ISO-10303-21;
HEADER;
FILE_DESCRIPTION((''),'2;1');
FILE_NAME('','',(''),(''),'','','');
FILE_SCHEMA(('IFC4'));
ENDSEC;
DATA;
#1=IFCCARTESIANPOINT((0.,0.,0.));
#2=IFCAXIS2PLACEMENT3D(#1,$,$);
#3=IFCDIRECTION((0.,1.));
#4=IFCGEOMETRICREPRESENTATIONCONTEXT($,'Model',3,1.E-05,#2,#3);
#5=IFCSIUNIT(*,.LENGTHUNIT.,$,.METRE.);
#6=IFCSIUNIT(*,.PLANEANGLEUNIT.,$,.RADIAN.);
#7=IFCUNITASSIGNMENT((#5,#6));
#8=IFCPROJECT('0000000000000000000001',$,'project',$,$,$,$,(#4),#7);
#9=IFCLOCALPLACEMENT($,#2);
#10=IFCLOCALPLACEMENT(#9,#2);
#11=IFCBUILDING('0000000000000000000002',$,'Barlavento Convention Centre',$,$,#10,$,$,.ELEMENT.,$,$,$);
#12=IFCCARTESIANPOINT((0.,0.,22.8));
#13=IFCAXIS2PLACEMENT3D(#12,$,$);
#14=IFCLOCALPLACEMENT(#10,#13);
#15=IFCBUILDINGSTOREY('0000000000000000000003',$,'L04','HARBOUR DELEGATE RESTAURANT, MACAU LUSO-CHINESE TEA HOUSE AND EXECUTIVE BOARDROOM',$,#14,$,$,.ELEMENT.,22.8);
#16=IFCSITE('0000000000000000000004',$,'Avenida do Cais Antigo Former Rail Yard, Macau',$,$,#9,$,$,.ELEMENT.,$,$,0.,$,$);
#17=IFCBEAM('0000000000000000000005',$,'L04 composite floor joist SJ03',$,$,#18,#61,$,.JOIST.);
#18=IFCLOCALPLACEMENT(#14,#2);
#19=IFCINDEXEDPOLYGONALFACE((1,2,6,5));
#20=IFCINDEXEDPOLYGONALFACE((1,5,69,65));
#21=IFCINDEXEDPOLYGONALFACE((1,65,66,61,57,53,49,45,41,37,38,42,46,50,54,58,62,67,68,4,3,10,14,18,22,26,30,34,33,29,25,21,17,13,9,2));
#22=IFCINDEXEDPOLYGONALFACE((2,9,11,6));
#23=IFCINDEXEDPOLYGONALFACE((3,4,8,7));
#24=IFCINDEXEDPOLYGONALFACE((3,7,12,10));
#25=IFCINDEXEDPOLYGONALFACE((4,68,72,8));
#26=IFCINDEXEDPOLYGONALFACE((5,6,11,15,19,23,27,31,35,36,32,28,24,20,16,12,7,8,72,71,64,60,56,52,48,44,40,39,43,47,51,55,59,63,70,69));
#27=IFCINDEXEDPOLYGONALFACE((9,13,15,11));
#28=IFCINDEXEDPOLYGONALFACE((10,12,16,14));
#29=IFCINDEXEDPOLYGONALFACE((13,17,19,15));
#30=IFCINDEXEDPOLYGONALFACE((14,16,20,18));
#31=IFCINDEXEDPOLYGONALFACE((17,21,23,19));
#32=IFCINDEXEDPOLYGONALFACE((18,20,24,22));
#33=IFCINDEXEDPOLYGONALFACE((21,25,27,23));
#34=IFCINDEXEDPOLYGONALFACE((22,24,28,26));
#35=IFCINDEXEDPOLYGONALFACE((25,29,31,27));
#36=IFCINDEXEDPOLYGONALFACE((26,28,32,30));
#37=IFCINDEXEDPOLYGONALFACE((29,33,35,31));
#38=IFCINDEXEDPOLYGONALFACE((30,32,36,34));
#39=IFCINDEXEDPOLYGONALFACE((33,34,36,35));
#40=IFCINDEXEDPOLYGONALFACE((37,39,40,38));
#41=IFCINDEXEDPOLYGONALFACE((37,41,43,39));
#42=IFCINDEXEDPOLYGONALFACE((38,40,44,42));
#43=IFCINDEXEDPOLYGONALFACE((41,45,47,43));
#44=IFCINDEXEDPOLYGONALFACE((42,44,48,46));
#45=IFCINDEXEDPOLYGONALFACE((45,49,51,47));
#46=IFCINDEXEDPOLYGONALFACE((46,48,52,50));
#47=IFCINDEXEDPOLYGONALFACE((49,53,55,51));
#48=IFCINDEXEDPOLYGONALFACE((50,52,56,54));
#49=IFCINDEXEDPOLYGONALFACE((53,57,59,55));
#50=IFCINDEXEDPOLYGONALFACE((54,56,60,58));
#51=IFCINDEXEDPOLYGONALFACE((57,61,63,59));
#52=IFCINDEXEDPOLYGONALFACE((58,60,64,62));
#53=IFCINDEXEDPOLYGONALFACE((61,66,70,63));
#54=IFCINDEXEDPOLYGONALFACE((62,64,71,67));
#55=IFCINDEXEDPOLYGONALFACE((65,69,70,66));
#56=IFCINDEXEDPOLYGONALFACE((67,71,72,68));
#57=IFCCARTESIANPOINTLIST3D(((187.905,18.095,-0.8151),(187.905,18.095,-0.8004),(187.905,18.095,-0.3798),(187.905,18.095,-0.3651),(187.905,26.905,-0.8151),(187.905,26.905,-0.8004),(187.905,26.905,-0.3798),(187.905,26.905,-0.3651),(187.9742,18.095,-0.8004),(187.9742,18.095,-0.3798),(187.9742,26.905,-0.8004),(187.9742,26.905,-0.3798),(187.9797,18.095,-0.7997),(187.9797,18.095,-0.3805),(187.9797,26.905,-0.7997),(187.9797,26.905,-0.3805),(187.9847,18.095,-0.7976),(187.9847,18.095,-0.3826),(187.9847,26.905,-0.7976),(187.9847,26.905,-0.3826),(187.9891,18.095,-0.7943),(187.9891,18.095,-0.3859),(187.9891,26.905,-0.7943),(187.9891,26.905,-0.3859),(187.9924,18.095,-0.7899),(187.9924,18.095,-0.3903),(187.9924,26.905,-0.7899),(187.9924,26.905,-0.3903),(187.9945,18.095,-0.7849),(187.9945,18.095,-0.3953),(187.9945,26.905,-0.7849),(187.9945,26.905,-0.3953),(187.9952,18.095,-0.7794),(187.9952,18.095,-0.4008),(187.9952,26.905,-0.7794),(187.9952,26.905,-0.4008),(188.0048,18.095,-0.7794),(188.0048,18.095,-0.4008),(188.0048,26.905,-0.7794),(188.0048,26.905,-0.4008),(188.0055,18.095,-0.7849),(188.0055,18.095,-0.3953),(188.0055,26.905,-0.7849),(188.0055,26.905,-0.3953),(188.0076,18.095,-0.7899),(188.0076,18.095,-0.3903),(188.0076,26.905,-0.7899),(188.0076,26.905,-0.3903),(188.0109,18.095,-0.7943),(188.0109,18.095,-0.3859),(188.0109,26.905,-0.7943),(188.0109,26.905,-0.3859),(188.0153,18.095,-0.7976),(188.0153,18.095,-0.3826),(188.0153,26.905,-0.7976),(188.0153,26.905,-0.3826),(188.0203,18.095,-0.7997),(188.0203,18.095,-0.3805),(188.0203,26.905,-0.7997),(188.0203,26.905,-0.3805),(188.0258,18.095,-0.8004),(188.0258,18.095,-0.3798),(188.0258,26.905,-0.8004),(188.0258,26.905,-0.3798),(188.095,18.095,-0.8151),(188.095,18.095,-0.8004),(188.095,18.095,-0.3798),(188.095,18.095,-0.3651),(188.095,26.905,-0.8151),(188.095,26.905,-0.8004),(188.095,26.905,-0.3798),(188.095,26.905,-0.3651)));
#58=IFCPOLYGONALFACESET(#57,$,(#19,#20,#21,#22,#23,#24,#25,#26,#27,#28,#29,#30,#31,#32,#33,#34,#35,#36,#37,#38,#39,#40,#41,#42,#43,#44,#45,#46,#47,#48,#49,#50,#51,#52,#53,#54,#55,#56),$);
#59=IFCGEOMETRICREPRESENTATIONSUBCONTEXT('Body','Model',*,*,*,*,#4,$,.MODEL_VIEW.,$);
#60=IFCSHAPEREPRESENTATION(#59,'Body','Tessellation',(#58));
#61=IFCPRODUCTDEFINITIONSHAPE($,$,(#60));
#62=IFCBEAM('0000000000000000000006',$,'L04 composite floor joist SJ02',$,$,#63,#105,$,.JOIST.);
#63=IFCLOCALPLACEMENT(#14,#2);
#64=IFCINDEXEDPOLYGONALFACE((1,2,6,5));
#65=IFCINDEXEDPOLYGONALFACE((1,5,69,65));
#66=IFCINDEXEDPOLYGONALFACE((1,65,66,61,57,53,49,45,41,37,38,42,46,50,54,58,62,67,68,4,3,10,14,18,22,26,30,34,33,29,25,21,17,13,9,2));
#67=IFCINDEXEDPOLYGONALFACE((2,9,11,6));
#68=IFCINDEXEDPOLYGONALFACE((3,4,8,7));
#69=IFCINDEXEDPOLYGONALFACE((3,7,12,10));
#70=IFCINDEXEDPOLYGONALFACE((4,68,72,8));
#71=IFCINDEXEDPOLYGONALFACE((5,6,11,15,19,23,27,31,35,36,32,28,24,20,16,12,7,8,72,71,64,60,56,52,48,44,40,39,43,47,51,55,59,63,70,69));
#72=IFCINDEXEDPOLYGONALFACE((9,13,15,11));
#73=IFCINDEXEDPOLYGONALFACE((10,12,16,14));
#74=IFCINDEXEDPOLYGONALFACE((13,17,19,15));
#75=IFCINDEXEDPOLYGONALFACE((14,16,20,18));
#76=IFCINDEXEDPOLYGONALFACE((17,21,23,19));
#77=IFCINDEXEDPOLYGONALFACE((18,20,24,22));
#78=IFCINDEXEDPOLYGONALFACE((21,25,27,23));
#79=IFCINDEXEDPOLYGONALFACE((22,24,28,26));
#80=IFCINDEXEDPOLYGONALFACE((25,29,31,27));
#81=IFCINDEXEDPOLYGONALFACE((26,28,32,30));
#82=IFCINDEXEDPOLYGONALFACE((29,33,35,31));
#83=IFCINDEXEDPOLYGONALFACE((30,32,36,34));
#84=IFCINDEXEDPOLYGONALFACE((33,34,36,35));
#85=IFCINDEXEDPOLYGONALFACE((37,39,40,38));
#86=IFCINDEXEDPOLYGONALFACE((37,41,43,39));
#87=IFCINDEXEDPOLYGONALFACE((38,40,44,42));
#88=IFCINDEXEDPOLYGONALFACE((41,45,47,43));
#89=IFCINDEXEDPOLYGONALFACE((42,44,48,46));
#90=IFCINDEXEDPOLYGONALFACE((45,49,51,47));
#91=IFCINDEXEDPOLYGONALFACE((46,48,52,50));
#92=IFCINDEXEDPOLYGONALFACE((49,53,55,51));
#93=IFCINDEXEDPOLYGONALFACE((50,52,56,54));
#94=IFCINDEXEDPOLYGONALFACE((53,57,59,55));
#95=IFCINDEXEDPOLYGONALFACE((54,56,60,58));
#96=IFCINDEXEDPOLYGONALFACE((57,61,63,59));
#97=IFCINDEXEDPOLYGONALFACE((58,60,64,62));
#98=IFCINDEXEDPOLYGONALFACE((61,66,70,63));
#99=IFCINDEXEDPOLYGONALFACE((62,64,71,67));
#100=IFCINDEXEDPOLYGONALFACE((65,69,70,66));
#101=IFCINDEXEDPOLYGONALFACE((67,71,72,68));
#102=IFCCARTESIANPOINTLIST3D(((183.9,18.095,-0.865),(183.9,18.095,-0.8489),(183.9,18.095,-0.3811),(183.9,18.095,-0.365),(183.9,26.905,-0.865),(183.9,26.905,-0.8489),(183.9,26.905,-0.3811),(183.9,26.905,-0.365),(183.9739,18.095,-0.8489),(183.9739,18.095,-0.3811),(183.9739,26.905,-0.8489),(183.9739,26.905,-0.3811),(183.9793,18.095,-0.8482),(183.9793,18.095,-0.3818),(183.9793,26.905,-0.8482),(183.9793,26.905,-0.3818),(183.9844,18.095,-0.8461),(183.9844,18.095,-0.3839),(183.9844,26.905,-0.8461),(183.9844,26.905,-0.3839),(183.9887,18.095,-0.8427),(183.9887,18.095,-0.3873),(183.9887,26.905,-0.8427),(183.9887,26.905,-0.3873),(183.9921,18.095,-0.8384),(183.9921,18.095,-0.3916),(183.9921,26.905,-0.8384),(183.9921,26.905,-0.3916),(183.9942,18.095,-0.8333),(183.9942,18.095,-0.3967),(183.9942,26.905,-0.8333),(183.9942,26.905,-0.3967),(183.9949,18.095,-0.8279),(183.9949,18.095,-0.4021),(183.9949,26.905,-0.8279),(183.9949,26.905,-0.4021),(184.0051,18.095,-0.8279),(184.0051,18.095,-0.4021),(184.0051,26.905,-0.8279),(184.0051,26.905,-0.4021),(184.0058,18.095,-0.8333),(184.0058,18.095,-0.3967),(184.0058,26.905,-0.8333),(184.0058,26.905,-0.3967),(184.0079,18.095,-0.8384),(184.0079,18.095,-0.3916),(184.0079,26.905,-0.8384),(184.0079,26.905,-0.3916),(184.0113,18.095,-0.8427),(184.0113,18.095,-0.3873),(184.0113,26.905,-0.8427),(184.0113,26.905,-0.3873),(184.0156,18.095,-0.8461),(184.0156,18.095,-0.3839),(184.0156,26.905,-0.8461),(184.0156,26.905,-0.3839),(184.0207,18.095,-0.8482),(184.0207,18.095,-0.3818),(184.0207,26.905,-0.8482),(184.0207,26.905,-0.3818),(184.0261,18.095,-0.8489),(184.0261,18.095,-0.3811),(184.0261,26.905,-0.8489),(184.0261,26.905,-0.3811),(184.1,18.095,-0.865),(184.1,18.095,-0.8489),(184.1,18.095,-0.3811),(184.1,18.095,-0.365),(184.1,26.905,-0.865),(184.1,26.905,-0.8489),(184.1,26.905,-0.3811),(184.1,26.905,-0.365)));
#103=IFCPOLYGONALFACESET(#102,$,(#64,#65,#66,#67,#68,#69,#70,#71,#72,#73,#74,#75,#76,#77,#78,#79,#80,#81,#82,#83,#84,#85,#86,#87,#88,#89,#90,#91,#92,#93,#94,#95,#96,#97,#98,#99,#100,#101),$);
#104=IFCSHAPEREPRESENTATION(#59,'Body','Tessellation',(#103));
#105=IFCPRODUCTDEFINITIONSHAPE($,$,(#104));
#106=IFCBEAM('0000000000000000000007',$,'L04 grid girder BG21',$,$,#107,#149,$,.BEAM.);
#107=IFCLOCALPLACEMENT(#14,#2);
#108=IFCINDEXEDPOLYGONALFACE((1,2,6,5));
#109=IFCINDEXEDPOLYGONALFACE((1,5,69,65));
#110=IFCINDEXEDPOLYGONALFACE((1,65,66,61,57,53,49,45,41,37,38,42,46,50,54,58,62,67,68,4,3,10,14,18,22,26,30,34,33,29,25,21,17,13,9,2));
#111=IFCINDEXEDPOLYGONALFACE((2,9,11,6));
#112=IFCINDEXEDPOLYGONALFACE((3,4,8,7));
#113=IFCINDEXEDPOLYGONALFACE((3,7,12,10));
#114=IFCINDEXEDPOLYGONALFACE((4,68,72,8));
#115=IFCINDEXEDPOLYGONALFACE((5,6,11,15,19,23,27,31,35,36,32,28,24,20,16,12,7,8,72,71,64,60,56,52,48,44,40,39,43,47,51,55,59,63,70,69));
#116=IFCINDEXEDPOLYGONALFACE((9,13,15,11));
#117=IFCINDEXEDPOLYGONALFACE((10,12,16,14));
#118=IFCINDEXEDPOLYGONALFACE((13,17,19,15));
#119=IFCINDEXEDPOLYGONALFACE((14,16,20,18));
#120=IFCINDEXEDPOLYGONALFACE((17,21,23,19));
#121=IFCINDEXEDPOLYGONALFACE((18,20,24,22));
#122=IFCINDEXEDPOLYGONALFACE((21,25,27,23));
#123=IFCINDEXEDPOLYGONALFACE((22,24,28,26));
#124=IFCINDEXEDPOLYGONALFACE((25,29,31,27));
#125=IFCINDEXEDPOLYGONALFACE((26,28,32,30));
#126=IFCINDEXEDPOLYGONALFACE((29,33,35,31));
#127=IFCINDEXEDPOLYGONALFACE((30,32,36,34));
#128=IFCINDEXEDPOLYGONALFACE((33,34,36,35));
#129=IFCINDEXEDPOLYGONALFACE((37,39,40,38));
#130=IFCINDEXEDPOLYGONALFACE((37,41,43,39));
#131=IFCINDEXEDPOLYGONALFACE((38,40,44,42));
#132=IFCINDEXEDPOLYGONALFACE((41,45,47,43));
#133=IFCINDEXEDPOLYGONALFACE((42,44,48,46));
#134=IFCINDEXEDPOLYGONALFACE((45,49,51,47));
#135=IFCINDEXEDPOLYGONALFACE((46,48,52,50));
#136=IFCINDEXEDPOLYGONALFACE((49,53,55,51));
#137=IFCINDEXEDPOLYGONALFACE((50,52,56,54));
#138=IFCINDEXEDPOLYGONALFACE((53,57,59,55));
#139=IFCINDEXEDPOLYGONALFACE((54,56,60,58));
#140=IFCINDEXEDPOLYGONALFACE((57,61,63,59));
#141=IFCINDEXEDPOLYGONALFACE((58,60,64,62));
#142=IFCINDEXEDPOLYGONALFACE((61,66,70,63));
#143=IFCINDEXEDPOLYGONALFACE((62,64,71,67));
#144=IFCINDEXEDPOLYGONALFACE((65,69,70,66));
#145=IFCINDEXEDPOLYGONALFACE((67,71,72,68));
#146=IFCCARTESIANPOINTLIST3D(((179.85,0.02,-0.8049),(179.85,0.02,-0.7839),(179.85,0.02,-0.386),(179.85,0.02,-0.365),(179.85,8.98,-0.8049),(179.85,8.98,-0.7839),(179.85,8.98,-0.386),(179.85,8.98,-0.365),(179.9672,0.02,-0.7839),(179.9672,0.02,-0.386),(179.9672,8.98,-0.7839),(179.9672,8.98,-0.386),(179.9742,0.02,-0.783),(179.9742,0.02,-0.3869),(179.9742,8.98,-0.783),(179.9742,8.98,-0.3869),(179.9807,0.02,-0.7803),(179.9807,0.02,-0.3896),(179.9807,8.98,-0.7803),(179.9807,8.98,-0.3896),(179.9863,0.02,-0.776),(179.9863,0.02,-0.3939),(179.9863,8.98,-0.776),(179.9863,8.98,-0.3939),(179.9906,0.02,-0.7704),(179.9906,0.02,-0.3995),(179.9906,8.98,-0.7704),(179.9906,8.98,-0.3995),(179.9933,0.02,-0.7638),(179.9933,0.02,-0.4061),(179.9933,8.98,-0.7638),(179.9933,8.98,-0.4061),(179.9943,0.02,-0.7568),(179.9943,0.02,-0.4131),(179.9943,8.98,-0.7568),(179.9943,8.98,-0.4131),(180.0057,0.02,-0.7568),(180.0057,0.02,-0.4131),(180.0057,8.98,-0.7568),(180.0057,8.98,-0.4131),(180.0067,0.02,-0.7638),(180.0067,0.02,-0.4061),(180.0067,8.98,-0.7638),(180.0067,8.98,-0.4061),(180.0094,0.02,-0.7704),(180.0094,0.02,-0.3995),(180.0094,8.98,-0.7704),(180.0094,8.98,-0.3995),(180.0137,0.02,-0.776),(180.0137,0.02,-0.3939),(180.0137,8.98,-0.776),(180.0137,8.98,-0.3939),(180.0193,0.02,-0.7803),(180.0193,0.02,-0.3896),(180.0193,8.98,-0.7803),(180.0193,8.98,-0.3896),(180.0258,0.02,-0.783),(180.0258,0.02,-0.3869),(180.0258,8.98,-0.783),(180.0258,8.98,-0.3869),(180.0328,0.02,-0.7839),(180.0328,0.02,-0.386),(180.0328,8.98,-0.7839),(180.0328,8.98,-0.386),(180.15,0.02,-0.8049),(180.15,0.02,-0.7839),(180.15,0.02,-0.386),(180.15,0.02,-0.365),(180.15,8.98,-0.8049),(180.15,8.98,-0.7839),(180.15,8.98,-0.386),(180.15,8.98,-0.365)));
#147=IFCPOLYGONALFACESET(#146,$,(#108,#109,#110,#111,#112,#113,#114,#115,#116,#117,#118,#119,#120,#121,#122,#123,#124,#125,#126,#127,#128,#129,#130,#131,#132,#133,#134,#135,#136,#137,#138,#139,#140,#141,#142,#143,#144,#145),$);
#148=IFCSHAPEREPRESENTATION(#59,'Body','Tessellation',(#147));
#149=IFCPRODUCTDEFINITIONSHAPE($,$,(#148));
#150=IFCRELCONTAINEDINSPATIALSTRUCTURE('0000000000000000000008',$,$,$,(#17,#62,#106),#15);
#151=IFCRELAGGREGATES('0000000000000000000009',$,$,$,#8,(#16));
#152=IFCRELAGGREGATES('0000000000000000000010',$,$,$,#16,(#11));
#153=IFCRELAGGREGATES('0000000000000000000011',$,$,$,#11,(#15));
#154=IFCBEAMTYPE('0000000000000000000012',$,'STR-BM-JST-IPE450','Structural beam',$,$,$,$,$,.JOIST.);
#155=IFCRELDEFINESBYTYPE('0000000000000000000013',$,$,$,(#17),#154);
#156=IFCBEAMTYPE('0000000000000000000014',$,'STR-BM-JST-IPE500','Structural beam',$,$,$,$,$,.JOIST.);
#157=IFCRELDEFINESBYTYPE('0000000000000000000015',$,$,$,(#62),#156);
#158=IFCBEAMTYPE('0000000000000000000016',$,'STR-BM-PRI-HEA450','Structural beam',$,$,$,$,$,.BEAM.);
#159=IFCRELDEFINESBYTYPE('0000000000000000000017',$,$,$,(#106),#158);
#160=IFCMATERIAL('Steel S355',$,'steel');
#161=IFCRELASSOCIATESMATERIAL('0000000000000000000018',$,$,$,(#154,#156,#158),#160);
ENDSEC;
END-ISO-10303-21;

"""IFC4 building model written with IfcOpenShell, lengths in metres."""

from ifc_helpers import new_model, si_unit, direction, frame, origin, origin_2d, place, context, subcontext, project, spatial, i_section, extrude, material, material_profile, profile_set, type_object, element, save


model = new_model("IFC4")

# Units and contexts
model_context = context("Model", 3, precision=1e-05, world=origin(), true_north=direction((0.0, 1.0)))
body_context = subcontext(model_context, "Body", "Model", "MODEL_VIEW")
ifc_project = project(units=[si_unit("LENGTHUNIT", "METRE"), si_unit("PLANEANGLEUNIT", "RADIAN")], contexts=[model_context])

# Site, building, storey
site_placement = place(None, origin())
site = spatial("IfcSite", under=ifc_project, at=site_placement, Name="Avenida do Cais Antigo Former Rail Yard, Macau", CompositionType="ELEMENT", RefElevation=0.0)
building_placement = place(site_placement, origin())
building = spatial("IfcBuilding", under=site, at=building_placement, Name="Barlavento Convention Centre", CompositionType="ELEMENT")
storey_placement = place(building_placement, frame((0.0, 0.0, 22.8)))
storey = spatial("IfcBuildingStorey", under=building, at=storey_placement, Name="L04", Description="HARBOUR DELEGATE RESTAURANT, MACAU LUSO-CHINESE TEA HOUSE AND EXECUTIVE BOARDROOM", CompositionType="ELEMENT", Elevation=22.8)

# Beams
ifc_material_1 = material(Name="Steel S355", Category="steel")
ifc_material_profile_1 = material_profile(ifc_material_1, i_section(OverallWidth=0.1899, OverallDepth=0.45, WebThickness=0.0095, FlangeThickness=0.0146, FilletRadius=0.021, at=origin_2d()), Name="IPE 450")
ifc_profile_set_1 = profile_set([ifc_material_profile_1], Name="Steel S355")
beam_type_1 = type_object("IfcBeamType", Name="STR-BM-JST-IPE450", Description="Structural beam", PredefinedType="JOIST", material=ifc_profile_set_1)
for number, where, z_axis, x_axis, name in (
    (1, (188.0, 18.095, -0.5901), (0.0, 1.0, 0.0), (-1.0, 0.0, 0.0), "L04 composite floor joist SJ03"),
):
    element("IfcBeam", number, at=place(storey_placement, frame(where, z_axis=z_axis, x_axis=x_axis)), inside=storey, type_object=beam_type_1, Name=name, PredefinedType="JOIST", context=body_context, shape_type="SweptSolid", body=[
        extrude(i_section(OverallWidth=0.1899, OverallDepth=0.45, WebThickness=0.0095, FlangeThickness=0.0146, FilletRadius=0.021, at=origin_2d()), origin(), (0.0, 0.0, 1.0), 8.8101),
    ])
ifc_material_profile_2 = material_profile(ifc_material_1, i_section(OverallWidth=0.2, OverallDepth=0.5, WebThickness=0.0103, FlangeThickness=0.0161, FilletRadius=0.021, at=origin_2d()), Name="IPE 500")
ifc_profile_set_2 = profile_set([ifc_material_profile_2], Name="Steel S355")
beam_type_2 = type_object("IfcBeamType", Name="STR-BM-JST-IPE500", Description="Structural beam", PredefinedType="JOIST", material=ifc_profile_set_2)
beam_1_placement = place(storey_placement, frame((184.0, 18.095, -0.615), z_axis=(0.0, 1.0, 0.0), x_axis=(-1.0, 0.0, 0.0)))
element("IfcBeam", 2, at=beam_1_placement, inside=storey, type_object=beam_type_2, Name="L04 composite floor joist SJ02", PredefinedType="JOIST", context=body_context, shape_type="SweptSolid", body=[
    extrude(i_section(OverallWidth=0.2, OverallDepth=0.5, WebThickness=0.0103, FlangeThickness=0.0161, FilletRadius=0.021, at=origin_2d()), origin(), (0.0, 0.0, 1.0), 8.8101),
])
ifc_material_profile_3 = material_profile(ifc_material_1, i_section(OverallWidth=0.3, OverallDepth=0.4399, WebThickness=0.0115, FlangeThickness=0.021, FilletRadius=0.0271, at=origin_2d()), Name="HEA 450")
ifc_profile_set_3 = profile_set([ifc_material_profile_3], Name="Steel S355")
beam_type_3 = type_object("IfcBeamType", Name="STR-BM-PRI-HEA450", Description="Structural beam", PredefinedType="BEAM", material=ifc_profile_set_3)
beam_2_placement = place(storey_placement, frame((180.0, 0.02, -0.585), z_axis=(0.0, 1.0, 0.0), x_axis=(-1.0, 0.0, 0.0)))
element("IfcBeam", 3, at=beam_2_placement, inside=storey, type_object=beam_type_3, Name="L04 grid girder BG21", PredefinedType="BEAM", context=body_context, shape_type="SweptSolid", body=[
    extrude(i_section(OverallWidth=0.3, OverallDepth=0.4399, WebThickness=0.0115, FlangeThickness=0.021, FilletRadius=0.0271, at=origin_2d()), origin(), (0.0, 0.0, 1.0), 8.96),
])

save(model, "model.ifc")
